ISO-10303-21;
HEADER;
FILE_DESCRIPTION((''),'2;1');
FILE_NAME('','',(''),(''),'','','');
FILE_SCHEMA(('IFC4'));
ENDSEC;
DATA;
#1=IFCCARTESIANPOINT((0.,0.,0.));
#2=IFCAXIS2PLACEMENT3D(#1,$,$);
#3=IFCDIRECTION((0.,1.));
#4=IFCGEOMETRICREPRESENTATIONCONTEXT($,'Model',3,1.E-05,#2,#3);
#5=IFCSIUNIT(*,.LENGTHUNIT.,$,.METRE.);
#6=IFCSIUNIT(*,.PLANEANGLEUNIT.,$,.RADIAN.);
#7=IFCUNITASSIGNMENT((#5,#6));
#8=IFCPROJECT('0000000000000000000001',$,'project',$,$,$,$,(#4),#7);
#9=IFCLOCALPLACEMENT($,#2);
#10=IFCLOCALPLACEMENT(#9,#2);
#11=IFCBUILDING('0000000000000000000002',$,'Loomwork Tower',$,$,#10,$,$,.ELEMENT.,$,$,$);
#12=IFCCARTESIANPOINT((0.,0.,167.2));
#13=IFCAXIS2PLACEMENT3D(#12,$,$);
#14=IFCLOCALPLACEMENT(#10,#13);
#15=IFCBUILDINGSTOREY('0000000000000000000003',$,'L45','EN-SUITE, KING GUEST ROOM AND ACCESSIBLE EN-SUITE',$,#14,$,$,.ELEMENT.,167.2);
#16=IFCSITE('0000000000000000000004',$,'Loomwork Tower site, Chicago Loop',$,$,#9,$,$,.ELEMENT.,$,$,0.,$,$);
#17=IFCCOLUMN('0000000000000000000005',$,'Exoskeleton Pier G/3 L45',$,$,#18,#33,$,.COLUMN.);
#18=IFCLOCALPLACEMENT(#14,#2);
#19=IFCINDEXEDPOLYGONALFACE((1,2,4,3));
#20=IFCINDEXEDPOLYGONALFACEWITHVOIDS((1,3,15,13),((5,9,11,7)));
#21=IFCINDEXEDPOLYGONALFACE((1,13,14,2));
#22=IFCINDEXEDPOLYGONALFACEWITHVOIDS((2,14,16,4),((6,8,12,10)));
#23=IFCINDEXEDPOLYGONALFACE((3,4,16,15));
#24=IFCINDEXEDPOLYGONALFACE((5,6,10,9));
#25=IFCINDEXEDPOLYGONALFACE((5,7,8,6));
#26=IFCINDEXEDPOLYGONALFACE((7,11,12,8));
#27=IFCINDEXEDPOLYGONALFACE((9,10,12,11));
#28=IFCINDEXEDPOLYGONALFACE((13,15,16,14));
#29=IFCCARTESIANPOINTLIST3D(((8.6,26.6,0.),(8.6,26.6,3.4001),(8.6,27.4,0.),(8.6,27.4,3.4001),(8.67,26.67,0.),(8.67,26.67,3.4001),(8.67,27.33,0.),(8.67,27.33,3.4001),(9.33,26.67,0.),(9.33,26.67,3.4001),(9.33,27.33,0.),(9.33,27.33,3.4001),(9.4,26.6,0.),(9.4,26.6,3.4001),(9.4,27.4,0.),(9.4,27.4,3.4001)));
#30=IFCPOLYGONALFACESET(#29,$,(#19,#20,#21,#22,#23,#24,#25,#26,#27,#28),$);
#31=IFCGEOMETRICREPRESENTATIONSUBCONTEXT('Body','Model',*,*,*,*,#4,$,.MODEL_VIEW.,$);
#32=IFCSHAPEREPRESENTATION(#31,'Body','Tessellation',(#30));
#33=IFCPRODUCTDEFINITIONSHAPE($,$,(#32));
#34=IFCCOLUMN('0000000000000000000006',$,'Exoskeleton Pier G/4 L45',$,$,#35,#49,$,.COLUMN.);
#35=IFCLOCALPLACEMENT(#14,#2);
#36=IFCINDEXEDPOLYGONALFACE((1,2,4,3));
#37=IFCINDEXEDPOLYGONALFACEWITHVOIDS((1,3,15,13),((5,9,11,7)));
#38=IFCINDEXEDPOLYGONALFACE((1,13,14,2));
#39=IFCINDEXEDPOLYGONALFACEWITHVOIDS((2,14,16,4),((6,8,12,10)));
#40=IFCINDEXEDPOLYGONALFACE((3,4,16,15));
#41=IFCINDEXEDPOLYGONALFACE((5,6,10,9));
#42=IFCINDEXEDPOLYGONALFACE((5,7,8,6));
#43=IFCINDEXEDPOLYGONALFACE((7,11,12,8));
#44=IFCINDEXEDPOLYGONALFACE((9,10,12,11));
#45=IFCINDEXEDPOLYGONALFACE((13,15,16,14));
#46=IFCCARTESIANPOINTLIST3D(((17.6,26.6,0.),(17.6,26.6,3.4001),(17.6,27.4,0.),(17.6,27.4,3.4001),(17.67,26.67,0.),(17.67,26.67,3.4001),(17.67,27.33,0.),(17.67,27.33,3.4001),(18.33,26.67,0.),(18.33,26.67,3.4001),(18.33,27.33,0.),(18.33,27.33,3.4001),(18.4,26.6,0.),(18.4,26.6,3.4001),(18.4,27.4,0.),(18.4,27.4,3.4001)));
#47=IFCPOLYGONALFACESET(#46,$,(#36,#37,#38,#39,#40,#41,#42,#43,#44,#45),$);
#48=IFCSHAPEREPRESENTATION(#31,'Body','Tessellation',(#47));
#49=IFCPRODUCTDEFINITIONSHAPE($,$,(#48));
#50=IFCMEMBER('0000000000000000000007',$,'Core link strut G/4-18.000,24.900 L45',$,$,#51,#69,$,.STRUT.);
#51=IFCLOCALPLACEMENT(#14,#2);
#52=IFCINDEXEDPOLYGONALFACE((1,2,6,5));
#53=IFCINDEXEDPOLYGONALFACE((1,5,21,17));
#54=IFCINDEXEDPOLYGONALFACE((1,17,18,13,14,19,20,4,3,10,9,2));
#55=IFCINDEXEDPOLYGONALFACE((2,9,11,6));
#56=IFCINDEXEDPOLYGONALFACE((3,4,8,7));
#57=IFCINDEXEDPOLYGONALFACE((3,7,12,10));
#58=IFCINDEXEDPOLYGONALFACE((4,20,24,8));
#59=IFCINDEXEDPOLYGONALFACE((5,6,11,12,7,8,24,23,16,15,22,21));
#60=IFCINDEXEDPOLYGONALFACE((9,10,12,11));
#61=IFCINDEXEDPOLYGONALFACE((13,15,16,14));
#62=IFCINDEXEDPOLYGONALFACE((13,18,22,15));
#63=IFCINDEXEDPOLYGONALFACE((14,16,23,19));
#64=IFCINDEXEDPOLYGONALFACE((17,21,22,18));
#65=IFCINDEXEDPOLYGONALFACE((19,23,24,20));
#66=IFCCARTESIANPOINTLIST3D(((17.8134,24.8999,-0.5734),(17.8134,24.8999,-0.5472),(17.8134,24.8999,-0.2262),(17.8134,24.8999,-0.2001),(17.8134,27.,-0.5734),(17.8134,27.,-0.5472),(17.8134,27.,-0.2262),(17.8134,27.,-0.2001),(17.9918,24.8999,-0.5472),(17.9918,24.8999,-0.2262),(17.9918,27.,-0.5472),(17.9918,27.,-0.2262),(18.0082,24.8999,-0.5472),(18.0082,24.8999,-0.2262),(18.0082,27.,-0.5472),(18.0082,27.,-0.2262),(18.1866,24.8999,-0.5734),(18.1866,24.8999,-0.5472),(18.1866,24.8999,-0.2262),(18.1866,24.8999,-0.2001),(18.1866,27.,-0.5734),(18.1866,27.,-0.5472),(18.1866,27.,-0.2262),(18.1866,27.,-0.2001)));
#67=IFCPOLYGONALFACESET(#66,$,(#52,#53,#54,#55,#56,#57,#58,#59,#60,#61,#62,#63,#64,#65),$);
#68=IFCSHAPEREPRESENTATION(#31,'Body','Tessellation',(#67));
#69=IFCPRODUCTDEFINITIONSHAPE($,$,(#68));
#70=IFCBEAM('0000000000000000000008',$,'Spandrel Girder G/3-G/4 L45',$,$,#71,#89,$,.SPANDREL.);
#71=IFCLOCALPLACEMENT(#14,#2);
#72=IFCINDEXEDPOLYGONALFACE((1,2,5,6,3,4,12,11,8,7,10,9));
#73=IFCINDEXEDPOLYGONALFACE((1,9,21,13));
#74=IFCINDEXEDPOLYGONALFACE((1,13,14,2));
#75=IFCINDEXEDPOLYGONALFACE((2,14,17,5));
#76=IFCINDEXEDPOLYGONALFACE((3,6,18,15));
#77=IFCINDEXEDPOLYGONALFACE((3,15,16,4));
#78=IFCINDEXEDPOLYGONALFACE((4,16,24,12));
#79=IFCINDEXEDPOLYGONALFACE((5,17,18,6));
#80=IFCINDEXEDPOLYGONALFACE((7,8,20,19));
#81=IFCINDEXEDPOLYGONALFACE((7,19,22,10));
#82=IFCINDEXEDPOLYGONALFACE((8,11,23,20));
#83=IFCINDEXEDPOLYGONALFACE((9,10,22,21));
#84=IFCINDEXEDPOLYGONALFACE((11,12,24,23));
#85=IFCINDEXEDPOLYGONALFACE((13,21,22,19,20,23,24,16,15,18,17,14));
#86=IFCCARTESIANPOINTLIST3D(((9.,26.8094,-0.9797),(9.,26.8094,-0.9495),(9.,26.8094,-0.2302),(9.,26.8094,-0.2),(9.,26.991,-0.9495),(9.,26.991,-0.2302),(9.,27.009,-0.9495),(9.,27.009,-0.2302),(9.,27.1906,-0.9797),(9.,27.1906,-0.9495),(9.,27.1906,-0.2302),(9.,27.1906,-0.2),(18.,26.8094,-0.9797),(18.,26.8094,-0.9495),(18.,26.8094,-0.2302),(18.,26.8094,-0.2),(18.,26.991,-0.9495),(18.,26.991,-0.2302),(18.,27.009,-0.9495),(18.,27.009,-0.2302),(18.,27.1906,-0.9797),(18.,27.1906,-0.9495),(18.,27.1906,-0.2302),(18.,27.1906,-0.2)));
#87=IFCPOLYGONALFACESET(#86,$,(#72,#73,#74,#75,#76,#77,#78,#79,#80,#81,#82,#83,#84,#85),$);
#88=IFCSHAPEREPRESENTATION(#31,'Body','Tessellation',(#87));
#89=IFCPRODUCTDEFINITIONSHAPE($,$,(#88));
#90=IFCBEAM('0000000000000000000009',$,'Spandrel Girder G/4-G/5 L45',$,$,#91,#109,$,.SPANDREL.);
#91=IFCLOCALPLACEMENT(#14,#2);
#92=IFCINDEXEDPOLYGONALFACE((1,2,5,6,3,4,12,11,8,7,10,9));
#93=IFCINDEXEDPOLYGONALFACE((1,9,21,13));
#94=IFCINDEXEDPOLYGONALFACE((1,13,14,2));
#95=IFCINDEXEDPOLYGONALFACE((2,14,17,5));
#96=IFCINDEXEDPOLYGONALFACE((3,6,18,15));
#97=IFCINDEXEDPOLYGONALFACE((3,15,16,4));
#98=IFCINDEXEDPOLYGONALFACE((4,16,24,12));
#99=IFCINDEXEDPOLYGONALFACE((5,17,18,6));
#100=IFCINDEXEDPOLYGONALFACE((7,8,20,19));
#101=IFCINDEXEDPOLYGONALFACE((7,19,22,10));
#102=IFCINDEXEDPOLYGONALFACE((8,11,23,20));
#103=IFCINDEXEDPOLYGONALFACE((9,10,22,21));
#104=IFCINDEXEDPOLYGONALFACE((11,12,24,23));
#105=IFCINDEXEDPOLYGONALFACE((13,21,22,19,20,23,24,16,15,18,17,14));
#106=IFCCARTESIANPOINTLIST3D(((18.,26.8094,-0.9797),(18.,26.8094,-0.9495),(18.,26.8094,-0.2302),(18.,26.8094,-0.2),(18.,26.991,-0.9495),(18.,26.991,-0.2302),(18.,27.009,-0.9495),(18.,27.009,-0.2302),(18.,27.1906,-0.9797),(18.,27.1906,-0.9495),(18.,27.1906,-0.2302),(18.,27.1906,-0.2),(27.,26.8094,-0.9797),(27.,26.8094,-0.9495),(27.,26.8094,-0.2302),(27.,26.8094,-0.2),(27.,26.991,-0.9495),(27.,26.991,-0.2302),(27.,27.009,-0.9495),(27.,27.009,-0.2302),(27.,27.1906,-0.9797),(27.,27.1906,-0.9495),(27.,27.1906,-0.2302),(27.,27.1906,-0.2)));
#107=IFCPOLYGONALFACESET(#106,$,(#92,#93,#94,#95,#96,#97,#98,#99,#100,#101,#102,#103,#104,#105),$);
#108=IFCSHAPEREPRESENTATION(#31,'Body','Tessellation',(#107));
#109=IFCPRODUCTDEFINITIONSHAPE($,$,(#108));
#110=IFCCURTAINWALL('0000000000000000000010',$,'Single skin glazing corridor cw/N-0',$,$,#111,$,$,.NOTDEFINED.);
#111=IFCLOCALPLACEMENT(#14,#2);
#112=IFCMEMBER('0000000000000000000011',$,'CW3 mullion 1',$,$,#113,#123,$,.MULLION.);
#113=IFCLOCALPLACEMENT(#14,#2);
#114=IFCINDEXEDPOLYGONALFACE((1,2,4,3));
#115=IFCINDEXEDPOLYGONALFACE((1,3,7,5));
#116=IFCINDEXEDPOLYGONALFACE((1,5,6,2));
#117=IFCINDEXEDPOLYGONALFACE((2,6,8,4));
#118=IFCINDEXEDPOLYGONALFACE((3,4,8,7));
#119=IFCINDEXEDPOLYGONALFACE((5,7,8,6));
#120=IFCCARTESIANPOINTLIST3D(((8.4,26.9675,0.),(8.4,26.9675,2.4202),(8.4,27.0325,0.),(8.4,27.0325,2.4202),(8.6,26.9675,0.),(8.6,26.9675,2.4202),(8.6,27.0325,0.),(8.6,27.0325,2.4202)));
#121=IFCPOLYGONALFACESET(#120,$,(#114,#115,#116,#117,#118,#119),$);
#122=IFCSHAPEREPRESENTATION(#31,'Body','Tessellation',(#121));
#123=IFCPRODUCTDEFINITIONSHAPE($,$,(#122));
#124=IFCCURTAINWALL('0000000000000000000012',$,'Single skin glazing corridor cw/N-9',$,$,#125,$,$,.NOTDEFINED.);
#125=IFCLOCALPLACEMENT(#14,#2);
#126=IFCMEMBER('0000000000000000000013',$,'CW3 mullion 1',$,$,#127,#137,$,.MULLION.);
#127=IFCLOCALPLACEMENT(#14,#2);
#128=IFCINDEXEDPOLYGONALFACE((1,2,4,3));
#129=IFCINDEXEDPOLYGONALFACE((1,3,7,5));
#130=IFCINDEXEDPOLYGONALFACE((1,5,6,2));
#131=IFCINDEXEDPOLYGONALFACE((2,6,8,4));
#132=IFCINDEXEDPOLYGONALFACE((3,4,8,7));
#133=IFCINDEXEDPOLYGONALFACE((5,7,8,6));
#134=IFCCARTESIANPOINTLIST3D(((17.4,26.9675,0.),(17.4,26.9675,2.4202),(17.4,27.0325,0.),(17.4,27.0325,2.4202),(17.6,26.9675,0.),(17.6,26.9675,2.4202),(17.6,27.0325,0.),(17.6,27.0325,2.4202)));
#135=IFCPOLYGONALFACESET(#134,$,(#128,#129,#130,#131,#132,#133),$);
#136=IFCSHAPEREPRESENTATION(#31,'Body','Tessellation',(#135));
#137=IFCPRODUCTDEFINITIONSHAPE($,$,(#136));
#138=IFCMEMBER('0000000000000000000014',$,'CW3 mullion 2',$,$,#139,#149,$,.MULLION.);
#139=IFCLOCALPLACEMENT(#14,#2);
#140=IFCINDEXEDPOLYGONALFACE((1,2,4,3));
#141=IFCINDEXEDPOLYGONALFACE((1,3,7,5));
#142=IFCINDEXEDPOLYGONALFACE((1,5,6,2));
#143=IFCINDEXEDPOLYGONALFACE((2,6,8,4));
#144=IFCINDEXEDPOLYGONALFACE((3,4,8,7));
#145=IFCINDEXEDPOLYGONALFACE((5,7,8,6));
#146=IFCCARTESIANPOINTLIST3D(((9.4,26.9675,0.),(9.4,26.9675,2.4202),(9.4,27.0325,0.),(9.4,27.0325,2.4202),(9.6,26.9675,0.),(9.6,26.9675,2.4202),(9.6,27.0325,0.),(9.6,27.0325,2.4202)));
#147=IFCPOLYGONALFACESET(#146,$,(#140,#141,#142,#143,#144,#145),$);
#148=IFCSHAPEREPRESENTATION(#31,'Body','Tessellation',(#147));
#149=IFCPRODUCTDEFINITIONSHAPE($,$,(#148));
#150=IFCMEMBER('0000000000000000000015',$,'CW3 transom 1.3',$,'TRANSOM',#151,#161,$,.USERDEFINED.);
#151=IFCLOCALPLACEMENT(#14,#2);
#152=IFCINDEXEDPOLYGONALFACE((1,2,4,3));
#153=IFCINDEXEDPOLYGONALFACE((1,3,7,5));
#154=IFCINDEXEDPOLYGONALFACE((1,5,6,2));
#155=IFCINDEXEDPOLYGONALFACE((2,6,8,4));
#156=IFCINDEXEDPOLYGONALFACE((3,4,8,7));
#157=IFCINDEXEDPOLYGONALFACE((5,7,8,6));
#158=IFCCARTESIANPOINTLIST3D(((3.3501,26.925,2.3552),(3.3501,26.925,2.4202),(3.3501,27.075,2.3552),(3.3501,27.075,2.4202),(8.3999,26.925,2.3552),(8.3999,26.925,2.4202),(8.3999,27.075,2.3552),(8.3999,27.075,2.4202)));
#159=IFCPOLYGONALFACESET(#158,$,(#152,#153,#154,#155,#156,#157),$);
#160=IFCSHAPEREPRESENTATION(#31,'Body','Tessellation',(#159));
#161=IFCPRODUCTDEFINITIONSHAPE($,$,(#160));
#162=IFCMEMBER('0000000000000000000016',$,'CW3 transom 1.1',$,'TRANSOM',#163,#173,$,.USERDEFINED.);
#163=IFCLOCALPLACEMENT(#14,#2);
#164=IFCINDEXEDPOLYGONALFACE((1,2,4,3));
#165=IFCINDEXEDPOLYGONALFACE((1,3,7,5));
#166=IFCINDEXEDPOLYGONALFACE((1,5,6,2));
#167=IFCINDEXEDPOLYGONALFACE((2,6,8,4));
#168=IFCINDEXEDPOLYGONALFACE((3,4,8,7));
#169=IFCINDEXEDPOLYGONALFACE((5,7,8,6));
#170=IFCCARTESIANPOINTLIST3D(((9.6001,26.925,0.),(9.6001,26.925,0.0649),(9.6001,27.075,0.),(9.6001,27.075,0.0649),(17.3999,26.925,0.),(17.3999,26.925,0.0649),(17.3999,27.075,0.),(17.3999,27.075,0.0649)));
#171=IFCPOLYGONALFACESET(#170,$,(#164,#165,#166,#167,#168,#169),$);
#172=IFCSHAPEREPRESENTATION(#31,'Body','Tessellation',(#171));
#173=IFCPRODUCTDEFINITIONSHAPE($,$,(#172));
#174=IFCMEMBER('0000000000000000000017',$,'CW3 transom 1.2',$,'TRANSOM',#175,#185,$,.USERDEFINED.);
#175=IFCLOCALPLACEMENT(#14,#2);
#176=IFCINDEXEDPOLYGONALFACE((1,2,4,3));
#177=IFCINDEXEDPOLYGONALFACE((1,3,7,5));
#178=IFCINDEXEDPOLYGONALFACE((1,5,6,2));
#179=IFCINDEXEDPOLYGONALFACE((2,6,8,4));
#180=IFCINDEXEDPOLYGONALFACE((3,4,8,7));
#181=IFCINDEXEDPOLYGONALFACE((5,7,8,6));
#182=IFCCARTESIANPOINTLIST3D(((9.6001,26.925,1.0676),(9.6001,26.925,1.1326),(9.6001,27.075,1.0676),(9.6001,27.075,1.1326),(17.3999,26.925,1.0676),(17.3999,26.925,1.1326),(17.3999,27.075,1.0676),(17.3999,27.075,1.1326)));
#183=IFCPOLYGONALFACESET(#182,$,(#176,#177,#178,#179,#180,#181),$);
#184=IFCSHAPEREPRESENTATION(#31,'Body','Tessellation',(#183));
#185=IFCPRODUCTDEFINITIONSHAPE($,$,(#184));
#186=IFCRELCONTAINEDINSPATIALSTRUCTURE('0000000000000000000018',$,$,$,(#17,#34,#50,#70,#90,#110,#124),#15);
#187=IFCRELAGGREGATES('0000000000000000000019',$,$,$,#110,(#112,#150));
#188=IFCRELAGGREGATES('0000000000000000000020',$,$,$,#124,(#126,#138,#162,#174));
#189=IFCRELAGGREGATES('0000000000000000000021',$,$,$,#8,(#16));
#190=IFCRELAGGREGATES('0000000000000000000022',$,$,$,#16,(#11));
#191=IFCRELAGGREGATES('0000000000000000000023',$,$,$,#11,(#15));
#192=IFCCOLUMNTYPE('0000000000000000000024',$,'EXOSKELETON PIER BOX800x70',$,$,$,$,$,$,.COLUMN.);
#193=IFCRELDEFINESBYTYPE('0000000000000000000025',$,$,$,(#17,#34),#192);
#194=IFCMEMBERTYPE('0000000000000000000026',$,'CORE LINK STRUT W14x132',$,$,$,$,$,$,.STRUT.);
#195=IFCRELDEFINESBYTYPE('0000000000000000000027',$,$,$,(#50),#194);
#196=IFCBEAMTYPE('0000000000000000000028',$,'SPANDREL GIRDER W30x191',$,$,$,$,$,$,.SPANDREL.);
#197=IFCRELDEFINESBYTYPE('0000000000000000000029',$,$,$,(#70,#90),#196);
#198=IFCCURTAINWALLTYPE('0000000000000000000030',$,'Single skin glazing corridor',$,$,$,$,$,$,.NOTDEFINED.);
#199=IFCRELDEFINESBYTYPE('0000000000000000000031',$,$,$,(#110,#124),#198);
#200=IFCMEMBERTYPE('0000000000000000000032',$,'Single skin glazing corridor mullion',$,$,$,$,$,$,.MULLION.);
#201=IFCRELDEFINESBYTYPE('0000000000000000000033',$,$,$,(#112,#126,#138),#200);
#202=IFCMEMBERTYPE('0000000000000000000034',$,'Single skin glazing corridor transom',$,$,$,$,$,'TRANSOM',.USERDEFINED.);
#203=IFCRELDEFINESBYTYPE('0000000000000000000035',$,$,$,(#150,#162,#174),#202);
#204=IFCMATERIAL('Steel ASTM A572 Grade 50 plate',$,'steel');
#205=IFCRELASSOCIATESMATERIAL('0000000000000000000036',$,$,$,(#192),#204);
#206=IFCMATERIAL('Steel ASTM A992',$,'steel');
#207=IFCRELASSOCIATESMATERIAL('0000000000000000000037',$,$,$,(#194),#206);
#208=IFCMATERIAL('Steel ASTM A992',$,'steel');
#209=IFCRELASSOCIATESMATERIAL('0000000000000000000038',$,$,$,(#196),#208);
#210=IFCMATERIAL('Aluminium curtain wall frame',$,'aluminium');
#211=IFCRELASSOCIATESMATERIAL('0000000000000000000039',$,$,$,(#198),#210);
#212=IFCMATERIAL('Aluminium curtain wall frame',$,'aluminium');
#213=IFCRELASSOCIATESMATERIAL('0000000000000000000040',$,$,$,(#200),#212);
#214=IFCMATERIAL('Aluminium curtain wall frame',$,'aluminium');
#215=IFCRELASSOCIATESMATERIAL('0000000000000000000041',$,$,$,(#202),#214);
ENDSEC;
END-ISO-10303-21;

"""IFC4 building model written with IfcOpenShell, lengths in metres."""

from ifc_helpers import new_model, si_unit, direction, frame, origin, origin_2d, place, context, subcontext, project, spatial, rectangle, hollow_rectangle, i_section, extrude, material, material_profile, profile_set, type_object, element, aggregate, save


model = new_model("IFC4")

# Units and contexts
model_context = context("Model", 3, precision=1e-05, world=origin(), true_north=direction((0.0, 1.0)))
body_context = subcontext(model_context, "Body", "Model", "MODEL_VIEW")
ifc_project = project(units=[si_unit("LENGTHUNIT", "METRE"), si_unit("PLANEANGLEUNIT", "RADIAN")], contexts=[model_context])

# Site, building, storey
site_placement = place(None, origin())
site = spatial("IfcSite", under=ifc_project, at=site_placement, Name="Loomwork Tower site, Chicago Loop", CompositionType="ELEMENT", RefElevation=0.0)
building_placement = place(site_placement, origin())
building = spatial("IfcBuilding", under=site, at=building_placement, Name="Loomwork Tower", CompositionType="ELEMENT")
storey_placement = place(building_placement, frame((0.0, 0.0, 167.2)))
storey = spatial("IfcBuildingStorey", under=building, at=storey_placement, Name="L45", Description="EN-SUITE, KING GUEST ROOM AND ACCESSIBLE EN-SUITE", CompositionType="ELEMENT", Elevation=167.2)

# Columns
ifc_material_1 = material(Name="Steel ASTM A572 Grade 50 plate", Category="steel")
ifc_material_profile_1 = material_profile(ifc_material_1, hollow_rectangle(XDim=0.8, YDim=0.8, WallThickness=0.0701, at=origin_2d()), Name="BOX800x70")
ifc_profile_set_1 = profile_set([ifc_material_profile_1], Name="Steel ASTM A572 Grade 50 plate")
column_type = type_object("IfcColumnType", Name="EXOSKELETON PIER BOX800x70", PredefinedType="COLUMN", material=ifc_profile_set_1)
for number, where, z_axis, x_axis, name in (
    (1, (9.0, 27.0, 0.0), (0.0, 0.0, 1.0), (1.0, 0.0, 0.0), "Exoskeleton Pier G/3 L45"),
    (2, (18.0, 27.0, 0.0), (0.0, 0.0, 1.0), (1.0, 0.0, 0.0), "Exoskeleton Pier G/4 L45"),
):
    element("IfcColumn", number, at=place(storey_placement, frame(where, z_axis=z_axis, x_axis=x_axis)), inside=storey, type_object=column_type, Name=name, PredefinedType="COLUMN", context=body_context, shape_type="SweptSolid", body=[
        extrude(hollow_rectangle(XDim=0.8, YDim=0.8, WallThickness=0.0701, at=origin_2d()), origin(), (0.0, 0.0, 1.0), 3.4001),
    ])

# Member
ifc_material_2 = material(Name="Steel ASTM A992", Category="steel")
ifc_material_profile_2 = material_profile(ifc_material_2, i_section(OverallWidth=0.3733, OverallDepth=0.3733, WebThickness=0.0164, FlangeThickness=0.0261, at=origin_2d()), Name="W14x132")
ifc_profile_set_2 = profile_set([ifc_material_profile_2], Name="Steel ASTM A992")
member_type_1 = type_object("IfcMemberType", Name="CORE LINK STRUT W14x132", PredefinedType="STRUT", material=ifc_profile_set_2)
member_1_placement = place(storey_placement, frame((18.0, 27.0, -0.3867), z_axis=(0.0, -1.0, 0.0), x_axis=(1.0, 0.0, 0.0)))
element("IfcMember", 3, at=member_1_placement, inside=storey, type_object=member_type_1, Name="Core link strut G/4-18.000,24.900 L45", PredefinedType="STRUT", context=body_context, shape_type="SweptSolid", body=[
    extrude(i_section(OverallWidth=0.3733, OverallDepth=0.3733, WebThickness=0.0164, FlangeThickness=0.0261, at=origin_2d()), origin(), (0.0, 0.0, 1.0), 2.1001),
])

# Beams
ifc_material_3 = material(Name="Steel ASTM A992", Category="steel")
ifc_material_profile_3 = material_profile(ifc_material_3, i_section(OverallWidth=0.3811, OverallDepth=0.7798, WebThickness=0.0181, FlangeThickness=0.0303, at=origin_2d()), Name="W30x191")
ifc_profile_set_3 = profile_set([ifc_material_profile_3], Name="Steel ASTM A992")
beam_type = type_object("IfcBeamType", Name="SPANDREL GIRDER W30x191", PredefinedType="SPANDREL", material=ifc_profile_set_3)
for number, where, z_axis, x_axis, name in (
    (4, (9.0, 27.0, -0.5898), (1.0, 0.0, 0.0), (0.0, 1.0, 0.0), "Spandrel Girder G/3-G/4 L45"),
    (5, (18.0, 27.0, -0.5898), (1.0, 0.0, 0.0), (0.0, 1.0, 0.0), "Spandrel Girder G/4-G/5 L45"),
):
    element("IfcBeam", number, at=place(storey_placement, frame(where, z_axis=z_axis, x_axis=x_axis)), inside=storey, type_object=beam_type, Name=name, PredefinedType="SPANDREL", context=body_context, shape_type="SweptSolid", body=[
        extrude(i_section(OverallWidth=0.3811, OverallDepth=0.7798, WebThickness=0.0181, FlangeThickness=0.0303, at=origin_2d()), origin(), (0.0, 0.0, 1.0), 9.0),
    ])

# Curtain wall, member
ifc_material_4 = material(Name="Aluminium curtain wall frame", Category="aluminium")
curtain_wall_type = type_object("IfcCurtainWallType", Name="Single skin glazing corridor", PredefinedType="NOTDEFINED", material=ifc_material_4)
curtain_wall_1_placement = place(storey_placement, origin())
curtain_wall_1 = element("IfcCurtainWall", 6, at=curtain_wall_1_placement, inside=storey, type_object=curtain_wall_type, Name="Single skin glazing corridor cw/N-0", PredefinedType="NOTDEFINED")
ifc_material_5 = material(Name="Aluminium curtain wall frame", Category="aluminium")
ifc_material_profile_4 = material_profile(ifc_material_5, rectangle(XDim=0.0649, YDim=0.2, at=origin_2d()), Name="AL 65x200")
ifc_profile_set_4 = profile_set([ifc_material_profile_4], Name="Aluminium curtain wall frame")
member_type_2 = type_object("IfcMemberType", Name="Single skin glazing corridor mullion", PredefinedType="MULLION", material=ifc_profile_set_4)
member_2_placement = place(storey_placement, frame((8.5, 27.0, 0.0), z_axis=(0.0, 0.0, 1.0), x_axis=(0.0, -1.0, 0.0)))
member_2 = element("IfcMember", 7, at=member_2_placement, type_object=member_type_2, Name="CW3 mullion 1", PredefinedType="MULLION", context=body_context, shape_type="SweptSolid", body=[
    extrude(rectangle(XDim=0.0649, YDim=0.2, at=origin_2d()), origin(), (0.0, 0.0, 1.0), 2.4202),
])

# Curtain wall, members
curtain_wall_2_placement = place(storey_placement, origin())
curtain_wall_2 = element("IfcCurtainWall", 8, at=curtain_wall_2_placement, inside=storey, type_object=curtain_wall_type, Name="Single skin glazing corridor cw/N-9", PredefinedType="NOTDEFINED")
member_3_placement = place(storey_placement, frame((17.5, 27.0, 0.0), z_axis=(0.0, 0.0, 1.0), x_axis=(0.0, -1.0, 0.0)))
member_3 = element("IfcMember", 9, at=member_3_placement, type_object=member_type_2, Name="CW3 mullion 1", PredefinedType="MULLION", context=body_context, shape_type="SweptSolid", body=[
    extrude(rectangle(XDim=0.0649, YDim=0.2, at=origin_2d()), origin(), (0.0, 0.0, 1.0), 2.4202),
])
member_4_placement = place(storey_placement, frame((9.5, 27.0, 0.0), z_axis=(0.0, 0.0, 1.0), x_axis=(0.0, -1.0, 0.0)))
member_4 = element("IfcMember", 10, at=member_4_placement, type_object=member_type_2, Name="CW3 mullion 2", PredefinedType="MULLION", context=body_context, shape_type="SweptSolid", body=[
    extrude(rectangle(XDim=0.0649, YDim=0.2, at=origin_2d()), origin(), (0.0, 0.0, 1.0), 2.4202),
])

# Members
ifc_material_6 = material(Name="Aluminium curtain wall frame", Category="aluminium")
ifc_material_profile_5 = material_profile(ifc_material_6, rectangle(XDim=0.1499, YDim=0.0649, at=origin_2d()), Name="AL 65x150")
ifc_profile_set_5 = profile_set([ifc_material_profile_5], Name="Aluminium curtain wall frame")
member_type_3 = type_object("IfcMemberType", Name="Single skin glazing corridor transom", ElementType="TRANSOM", PredefinedType="USERDEFINED", material=ifc_profile_set_5)
member_5_placement = place(storey_placement, frame((8.3999, 27.0, 2.3877), z_axis=(-1.0, 0.0, 0.0), x_axis=(0.0, -1.0, 0.0)))
member_5 = element("IfcMember", 11, at=member_5_placement, type_object=member_type_3, Name="CW3 transom 1.3", ObjectType="TRANSOM", PredefinedType="USERDEFINED", context=body_context, shape_type="SweptSolid", body=[
    extrude(rectangle(XDim=0.1499, YDim=0.0649, at=origin_2d()), origin(), (0.0, 0.0, 1.0), 5.0498),
])
aggregate(curtain_wall_1, [member_2, member_5])
member_6_placement = place(storey_placement, frame((17.3999, 27.0, 0.0325), z_axis=(-1.0, 0.0, 0.0), x_axis=(0.0, -1.0, 0.0)))
member_6 = element("IfcMember", 12, at=member_6_placement, type_object=member_type_3, Name="CW3 transom 1.1", ObjectType="TRANSOM", PredefinedType="USERDEFINED", context=body_context, shape_type="SweptSolid", body=[
    extrude(rectangle(XDim=0.1499, YDim=0.0649, at=origin_2d()), origin(), (0.0, 0.0, 1.0), 7.7998),
])
member_7_placement = place(storey_placement, frame((17.3999, 27.0, 1.1001), z_axis=(-1.0, 0.0, 0.0), x_axis=(0.0, -1.0, 0.0)))
member_7 = element("IfcMember", 13, at=member_7_placement, type_object=member_type_3, Name="CW3 transom 1.2", ObjectType="TRANSOM", PredefinedType="USERDEFINED", context=body_context, shape_type="SweptSolid", body=[
    extrude(rectangle(XDim=0.1499, YDim=0.0649, at=origin_2d()), origin(), (0.0, 0.0, 1.0), 7.7998),
])

aggregate(curtain_wall_2, [member_3, member_4, member_6, member_7])

save(model, "model.ifc")
